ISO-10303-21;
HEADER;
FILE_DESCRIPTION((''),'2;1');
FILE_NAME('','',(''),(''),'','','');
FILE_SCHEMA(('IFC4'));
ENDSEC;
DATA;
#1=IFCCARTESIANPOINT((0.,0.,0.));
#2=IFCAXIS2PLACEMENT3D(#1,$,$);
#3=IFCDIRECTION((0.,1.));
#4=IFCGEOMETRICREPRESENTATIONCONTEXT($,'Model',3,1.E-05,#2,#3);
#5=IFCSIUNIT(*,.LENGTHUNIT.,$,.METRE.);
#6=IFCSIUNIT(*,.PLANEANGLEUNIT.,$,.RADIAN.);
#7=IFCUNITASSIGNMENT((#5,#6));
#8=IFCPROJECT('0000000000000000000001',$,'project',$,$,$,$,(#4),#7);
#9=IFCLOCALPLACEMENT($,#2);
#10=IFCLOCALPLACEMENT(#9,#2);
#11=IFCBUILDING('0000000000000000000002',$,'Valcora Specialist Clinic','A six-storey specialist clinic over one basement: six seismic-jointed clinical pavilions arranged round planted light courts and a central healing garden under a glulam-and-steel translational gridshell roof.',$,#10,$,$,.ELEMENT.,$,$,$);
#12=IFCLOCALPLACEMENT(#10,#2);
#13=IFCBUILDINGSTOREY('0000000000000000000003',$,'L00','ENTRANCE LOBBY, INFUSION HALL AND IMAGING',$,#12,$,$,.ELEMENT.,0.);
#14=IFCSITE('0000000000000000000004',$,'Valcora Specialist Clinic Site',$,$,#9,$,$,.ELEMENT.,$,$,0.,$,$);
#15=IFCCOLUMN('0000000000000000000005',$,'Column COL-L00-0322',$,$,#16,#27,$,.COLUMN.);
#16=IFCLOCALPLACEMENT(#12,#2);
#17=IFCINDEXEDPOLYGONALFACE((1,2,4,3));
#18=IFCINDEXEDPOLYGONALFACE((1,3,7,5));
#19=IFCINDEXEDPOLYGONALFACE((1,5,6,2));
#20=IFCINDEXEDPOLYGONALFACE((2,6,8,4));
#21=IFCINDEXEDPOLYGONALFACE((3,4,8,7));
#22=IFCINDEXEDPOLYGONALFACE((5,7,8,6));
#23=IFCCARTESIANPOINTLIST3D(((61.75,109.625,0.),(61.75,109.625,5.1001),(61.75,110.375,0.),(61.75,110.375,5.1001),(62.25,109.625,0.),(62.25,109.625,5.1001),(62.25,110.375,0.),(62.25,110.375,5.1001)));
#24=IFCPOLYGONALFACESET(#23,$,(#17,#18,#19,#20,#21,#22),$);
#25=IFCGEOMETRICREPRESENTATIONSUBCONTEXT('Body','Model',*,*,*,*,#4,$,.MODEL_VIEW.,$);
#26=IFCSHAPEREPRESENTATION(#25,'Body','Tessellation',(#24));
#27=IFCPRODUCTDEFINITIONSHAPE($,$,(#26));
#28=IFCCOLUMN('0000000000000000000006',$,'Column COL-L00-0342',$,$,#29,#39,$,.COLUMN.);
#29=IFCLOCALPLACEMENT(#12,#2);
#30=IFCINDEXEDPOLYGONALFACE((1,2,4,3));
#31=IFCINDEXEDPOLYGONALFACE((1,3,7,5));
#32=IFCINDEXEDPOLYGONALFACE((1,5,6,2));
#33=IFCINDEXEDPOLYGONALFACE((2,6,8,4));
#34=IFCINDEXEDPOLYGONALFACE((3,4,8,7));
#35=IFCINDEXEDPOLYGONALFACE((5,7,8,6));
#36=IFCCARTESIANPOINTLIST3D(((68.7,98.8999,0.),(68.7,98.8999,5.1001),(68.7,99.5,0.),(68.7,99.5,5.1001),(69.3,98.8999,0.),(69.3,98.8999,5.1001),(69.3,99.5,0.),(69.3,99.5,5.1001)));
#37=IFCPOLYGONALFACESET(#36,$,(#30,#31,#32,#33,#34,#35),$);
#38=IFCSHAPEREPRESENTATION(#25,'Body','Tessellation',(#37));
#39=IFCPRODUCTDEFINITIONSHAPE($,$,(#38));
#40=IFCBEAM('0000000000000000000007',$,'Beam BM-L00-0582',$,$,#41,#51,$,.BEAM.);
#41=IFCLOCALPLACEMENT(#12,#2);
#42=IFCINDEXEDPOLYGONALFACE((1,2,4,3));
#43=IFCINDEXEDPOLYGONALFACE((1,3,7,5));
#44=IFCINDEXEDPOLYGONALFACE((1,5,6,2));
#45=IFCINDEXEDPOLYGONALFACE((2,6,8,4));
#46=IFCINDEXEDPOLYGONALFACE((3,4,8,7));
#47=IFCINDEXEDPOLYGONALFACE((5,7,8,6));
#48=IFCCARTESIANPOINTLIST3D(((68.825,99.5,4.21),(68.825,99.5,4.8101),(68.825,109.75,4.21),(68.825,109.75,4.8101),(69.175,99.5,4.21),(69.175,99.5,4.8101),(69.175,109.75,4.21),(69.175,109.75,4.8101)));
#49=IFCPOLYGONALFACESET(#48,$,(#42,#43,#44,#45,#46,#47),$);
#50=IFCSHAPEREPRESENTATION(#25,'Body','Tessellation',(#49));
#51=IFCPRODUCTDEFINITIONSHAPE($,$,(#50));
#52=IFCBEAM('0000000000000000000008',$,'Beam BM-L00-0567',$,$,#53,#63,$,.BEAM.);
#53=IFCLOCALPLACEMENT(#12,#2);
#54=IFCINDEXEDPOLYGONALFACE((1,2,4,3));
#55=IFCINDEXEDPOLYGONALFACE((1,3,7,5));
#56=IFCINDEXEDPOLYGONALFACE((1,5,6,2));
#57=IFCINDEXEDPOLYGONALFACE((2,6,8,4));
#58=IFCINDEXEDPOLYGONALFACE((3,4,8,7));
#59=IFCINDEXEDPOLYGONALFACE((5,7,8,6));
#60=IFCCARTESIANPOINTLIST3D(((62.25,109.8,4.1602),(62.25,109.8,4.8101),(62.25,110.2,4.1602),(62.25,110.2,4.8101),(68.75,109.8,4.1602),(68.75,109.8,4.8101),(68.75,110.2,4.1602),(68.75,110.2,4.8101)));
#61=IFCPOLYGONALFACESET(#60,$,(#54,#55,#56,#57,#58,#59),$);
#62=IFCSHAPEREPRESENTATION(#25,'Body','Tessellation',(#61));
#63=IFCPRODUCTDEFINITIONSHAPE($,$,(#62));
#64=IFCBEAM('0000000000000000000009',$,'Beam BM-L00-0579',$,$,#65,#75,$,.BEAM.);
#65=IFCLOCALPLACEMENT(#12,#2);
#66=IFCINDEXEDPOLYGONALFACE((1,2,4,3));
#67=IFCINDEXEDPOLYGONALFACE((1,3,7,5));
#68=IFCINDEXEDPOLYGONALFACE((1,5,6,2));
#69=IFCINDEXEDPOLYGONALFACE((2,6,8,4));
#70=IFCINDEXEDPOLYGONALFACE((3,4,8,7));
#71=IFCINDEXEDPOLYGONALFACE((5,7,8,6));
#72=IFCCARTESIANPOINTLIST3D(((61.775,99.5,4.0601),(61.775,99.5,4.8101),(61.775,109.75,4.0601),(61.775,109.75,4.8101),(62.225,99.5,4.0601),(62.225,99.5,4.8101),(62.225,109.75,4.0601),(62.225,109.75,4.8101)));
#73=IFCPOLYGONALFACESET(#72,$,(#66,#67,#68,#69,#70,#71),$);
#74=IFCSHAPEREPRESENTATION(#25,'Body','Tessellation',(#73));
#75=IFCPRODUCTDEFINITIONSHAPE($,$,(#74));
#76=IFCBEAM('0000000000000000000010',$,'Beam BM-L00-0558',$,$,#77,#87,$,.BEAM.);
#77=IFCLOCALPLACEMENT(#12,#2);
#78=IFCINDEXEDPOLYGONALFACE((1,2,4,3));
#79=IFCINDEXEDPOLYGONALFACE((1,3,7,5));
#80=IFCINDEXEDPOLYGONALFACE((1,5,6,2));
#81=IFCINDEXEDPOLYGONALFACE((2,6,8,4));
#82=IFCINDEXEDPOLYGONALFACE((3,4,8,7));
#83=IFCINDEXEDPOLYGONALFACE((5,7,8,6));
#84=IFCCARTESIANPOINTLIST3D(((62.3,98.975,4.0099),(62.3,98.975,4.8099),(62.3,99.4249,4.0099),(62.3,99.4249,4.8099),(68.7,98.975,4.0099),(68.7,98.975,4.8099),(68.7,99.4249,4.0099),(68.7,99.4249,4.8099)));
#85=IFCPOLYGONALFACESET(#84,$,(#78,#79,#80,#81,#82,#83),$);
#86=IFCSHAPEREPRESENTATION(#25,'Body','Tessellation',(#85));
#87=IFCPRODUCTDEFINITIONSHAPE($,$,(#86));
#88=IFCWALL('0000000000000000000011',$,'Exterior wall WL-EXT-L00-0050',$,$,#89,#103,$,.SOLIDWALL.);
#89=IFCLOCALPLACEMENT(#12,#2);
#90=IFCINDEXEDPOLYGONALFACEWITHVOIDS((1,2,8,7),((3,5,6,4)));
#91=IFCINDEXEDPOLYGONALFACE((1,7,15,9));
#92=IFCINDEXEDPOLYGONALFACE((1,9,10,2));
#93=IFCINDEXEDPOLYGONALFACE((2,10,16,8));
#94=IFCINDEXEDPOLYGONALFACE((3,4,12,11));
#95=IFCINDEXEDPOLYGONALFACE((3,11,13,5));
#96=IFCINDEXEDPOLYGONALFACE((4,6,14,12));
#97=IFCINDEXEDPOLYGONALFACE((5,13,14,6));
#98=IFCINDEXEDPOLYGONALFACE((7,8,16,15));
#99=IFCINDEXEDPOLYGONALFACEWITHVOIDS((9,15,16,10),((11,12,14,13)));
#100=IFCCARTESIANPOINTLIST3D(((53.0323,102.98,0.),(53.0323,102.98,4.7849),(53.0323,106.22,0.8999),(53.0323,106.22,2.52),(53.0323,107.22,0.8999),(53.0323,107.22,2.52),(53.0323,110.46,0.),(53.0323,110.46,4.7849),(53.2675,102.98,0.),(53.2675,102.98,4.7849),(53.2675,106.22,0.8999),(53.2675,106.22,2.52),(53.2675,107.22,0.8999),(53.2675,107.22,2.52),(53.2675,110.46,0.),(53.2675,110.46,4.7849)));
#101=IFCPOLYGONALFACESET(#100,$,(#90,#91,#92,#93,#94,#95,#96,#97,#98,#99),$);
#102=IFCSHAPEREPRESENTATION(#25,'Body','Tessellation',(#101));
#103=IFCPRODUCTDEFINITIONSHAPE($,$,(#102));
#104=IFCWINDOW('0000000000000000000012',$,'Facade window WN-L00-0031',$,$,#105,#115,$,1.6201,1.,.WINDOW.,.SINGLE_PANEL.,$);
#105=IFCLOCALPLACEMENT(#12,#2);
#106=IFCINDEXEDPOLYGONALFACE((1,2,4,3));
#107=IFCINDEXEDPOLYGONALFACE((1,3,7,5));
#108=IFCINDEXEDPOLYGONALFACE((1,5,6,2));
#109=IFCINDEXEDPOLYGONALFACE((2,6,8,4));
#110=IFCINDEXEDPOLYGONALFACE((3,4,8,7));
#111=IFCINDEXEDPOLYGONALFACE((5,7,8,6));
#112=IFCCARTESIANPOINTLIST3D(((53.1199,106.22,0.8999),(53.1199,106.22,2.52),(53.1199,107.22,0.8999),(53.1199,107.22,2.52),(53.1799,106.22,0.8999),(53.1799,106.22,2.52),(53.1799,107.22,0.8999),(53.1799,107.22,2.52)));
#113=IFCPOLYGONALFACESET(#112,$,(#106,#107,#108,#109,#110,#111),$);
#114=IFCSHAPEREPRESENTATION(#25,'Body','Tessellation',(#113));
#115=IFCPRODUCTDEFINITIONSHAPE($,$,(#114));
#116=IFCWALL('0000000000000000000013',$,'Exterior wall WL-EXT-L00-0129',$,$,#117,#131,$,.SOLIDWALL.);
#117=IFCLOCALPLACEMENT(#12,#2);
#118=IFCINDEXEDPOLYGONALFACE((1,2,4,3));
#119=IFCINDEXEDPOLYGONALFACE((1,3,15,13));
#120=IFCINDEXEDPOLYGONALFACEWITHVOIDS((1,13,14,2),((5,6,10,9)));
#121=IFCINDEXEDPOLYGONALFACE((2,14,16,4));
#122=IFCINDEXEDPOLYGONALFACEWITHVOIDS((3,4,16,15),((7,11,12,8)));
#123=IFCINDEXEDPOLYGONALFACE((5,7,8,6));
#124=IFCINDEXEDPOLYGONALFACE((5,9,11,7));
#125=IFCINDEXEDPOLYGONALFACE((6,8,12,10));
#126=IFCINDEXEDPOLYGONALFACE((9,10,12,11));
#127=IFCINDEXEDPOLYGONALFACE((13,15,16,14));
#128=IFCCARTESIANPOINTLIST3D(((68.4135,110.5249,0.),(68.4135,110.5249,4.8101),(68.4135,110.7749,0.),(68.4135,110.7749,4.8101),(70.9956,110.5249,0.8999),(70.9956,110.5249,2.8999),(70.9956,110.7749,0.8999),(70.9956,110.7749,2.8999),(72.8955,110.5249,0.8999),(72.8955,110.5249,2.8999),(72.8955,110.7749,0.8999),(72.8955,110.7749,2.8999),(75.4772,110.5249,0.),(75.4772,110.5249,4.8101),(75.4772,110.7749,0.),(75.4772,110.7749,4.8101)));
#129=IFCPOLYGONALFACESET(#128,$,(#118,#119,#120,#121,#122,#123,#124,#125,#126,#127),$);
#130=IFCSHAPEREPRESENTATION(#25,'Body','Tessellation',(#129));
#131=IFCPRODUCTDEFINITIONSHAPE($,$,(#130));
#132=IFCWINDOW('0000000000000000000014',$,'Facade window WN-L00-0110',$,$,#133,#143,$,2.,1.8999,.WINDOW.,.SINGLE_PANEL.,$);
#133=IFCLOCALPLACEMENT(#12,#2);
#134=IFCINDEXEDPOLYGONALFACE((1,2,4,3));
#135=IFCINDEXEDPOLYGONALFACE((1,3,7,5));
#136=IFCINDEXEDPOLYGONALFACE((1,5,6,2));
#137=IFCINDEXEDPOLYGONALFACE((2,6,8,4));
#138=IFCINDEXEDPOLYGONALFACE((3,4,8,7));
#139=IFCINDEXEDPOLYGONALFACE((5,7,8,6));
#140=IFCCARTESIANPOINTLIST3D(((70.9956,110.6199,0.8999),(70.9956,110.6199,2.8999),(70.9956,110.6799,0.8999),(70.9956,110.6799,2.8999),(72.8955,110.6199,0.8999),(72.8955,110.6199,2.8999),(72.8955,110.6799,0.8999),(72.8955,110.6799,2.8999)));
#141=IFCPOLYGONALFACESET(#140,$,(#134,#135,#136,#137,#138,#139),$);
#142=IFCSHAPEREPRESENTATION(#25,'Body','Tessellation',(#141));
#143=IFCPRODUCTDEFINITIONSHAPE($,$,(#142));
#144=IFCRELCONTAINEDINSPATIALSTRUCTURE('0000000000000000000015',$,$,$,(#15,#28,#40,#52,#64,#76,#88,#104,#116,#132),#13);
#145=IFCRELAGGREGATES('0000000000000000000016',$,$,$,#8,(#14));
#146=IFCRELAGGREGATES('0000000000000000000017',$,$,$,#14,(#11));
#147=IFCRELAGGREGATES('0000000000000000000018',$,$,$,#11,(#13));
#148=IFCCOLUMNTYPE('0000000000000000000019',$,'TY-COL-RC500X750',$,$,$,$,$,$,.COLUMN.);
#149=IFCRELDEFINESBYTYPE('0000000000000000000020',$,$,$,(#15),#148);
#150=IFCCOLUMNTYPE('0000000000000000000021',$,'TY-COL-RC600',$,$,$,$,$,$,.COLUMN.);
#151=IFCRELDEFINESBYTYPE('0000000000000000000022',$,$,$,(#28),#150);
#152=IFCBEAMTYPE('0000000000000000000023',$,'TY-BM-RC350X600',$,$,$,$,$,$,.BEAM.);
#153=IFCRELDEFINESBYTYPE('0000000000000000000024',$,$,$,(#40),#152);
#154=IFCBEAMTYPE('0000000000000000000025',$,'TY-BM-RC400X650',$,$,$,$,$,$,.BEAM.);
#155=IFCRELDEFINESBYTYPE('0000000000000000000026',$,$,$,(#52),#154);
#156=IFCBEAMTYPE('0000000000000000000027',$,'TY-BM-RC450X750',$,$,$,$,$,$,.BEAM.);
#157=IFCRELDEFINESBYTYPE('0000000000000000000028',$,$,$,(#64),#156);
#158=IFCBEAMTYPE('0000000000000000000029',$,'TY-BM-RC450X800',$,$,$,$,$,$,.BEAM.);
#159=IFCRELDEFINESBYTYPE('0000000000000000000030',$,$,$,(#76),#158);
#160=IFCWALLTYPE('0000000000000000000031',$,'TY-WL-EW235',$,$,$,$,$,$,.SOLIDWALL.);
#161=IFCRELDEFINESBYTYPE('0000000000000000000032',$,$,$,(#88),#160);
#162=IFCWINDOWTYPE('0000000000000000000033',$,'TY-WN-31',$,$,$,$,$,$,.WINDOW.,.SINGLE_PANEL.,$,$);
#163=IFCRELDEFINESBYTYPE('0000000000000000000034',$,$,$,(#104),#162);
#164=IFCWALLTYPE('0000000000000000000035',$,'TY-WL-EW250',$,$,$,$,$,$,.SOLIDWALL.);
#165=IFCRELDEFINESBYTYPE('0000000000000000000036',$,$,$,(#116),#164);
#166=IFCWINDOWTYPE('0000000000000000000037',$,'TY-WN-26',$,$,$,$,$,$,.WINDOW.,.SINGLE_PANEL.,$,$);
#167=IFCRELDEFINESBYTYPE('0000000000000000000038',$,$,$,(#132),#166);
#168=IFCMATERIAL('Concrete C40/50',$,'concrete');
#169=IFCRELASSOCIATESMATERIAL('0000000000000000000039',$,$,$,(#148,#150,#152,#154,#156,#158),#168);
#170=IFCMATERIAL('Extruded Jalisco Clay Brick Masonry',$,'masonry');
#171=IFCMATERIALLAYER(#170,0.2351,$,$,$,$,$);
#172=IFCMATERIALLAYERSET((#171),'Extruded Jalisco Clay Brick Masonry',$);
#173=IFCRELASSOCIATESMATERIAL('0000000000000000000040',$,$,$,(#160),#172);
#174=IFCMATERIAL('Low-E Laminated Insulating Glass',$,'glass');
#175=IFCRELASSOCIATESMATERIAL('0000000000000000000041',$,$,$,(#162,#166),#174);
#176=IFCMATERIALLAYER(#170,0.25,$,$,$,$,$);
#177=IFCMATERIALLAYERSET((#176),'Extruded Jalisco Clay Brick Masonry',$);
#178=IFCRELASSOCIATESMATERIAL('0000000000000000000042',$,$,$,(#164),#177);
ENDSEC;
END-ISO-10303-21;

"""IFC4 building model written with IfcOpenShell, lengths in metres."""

from ifc_helpers import new_model, si_unit, direction, frame, frame_2d, origin, origin_2d, place, context, subcontext, project, spatial, rectangle, extrude, material, layer, layer_set, material_profile, profile_set, type_object, element, fill, save


model = new_model("IFC4")

# Units and contexts
model_context = context("Model", 3, precision=1e-05, world=origin(), true_north=direction((0.0, 1.0)))
body_context = subcontext(model_context, "Body", "Model", "MODEL_VIEW")
ifc_project = project(units=[si_unit("LENGTHUNIT", "METRE"), si_unit("PLANEANGLEUNIT", "RADIAN")], contexts=[model_context])

# Site, building, storey
site_placement = place(None, origin())
site = spatial("IfcSite", under=ifc_project, at=site_placement, Name="Valcora Specialist Clinic Site", CompositionType="ELEMENT", RefElevation=0.0)
building_placement = place(site_placement, origin())
building = spatial("IfcBuilding", under=site, at=building_placement, Name="Valcora Specialist Clinic", Description="A six-storey specialist clinic over one basement: six seismic-jointed clinical pavilions arranged round planted light courts and a central healing garden under a glulam-and-steel translational gridshell roof.", CompositionType="ELEMENT")
storey_placement = place(building_placement, origin())
storey = spatial("IfcBuildingStorey", under=building, at=storey_placement, Name="L00", Description="ENTRANCE LOBBY, INFUSION HALL AND IMAGING", CompositionType="ELEMENT", Elevation=0.0)

# Columns
ifc_material_1 = material(Name="Concrete C40/50", Category="concrete")
ifc_material_profile_1 = material_profile(ifc_material_1, rectangle(XDim=0.5, YDim=0.75, at=origin_2d()), Name="RC-COL-500X750")
ifc_profile_set_1 = profile_set([ifc_material_profile_1], Name="Concrete C40/50")
column_type_1 = type_object("IfcColumnType", Name="TY-COL-RC500X750", PredefinedType="COLUMN", material=ifc_profile_set_1)
column_1_placement = place(storey_placement, frame((62.0, 110.0, 0.0), z_axis=(0.0, 0.0, 1.0), x_axis=(1.0, 0.0, 0.0)))
element("IfcColumn", 1, at=column_1_placement, inside=storey, type_object=column_type_1, Name="Column COL-L00-0322", PredefinedType="COLUMN", context=body_context, shape_type="SweptSolid", body=[
    extrude(rectangle(XDim=0.5, YDim=0.75, at=origin_2d()), origin(), (0.0, 0.0, 1.0), 5.1001),
])
ifc_material_profile_2 = material_profile(ifc_material_1, rectangle(XDim=0.6001, YDim=0.6001, at=origin_2d()), Name="RC-COL-600X600")
ifc_profile_set_2 = profile_set([ifc_material_profile_2], Name="Concrete C40/50")
column_type_2 = type_object("IfcColumnType", Name="TY-COL-RC600", PredefinedType="COLUMN", material=ifc_profile_set_2)
column_2_placement = place(storey_placement, frame((69.0, 99.2, 0.0), z_axis=(0.0, 0.0, 1.0), x_axis=(1.0, 0.0, 0.0)))
element("IfcColumn", 2, at=column_2_placement, inside=storey, type_object=column_type_2, Name="Column COL-L00-0342", PredefinedType="COLUMN", context=body_context, shape_type="SweptSolid", body=[
    extrude(rectangle(XDim=0.6001, YDim=0.6001, at=origin_2d()), origin(), (0.0, 0.0, 1.0), 5.1001),
])

# Beams
ifc_material_profile_3 = material_profile(ifc_material_1, rectangle(XDim=0.3501, YDim=0.6001, at=origin_2d()), Name="RC-BM-350X600")
ifc_profile_set_3 = profile_set([ifc_material_profile_3], Name="Concrete C40/50")
beam_type_1 = type_object("IfcBeamType", Name="TY-BM-RC350X600", PredefinedType="BEAM", material=ifc_profile_set_3)
beam_1_placement = place(storey_placement, frame((69.0, 99.5, 4.51), z_axis=(0.0, 1.0, 0.0), x_axis=(-1.0, 0.0, 0.0)))
element("IfcBeam", 3, at=beam_1_placement, inside=storey, type_object=beam_type_1, Name="Beam BM-L00-0582", PredefinedType="BEAM", context=body_context, shape_type="SweptSolid", body=[
    extrude(rectangle(XDim=0.3501, YDim=0.6001, at=origin_2d()), origin(), (0.0, 0.0, 1.0), 10.25),
])
ifc_material_profile_4 = material_profile(ifc_material_1, rectangle(XDim=0.3999, YDim=0.6499, at=origin_2d()), Name="RC-BM-400X650")
ifc_profile_set_4 = profile_set([ifc_material_profile_4], Name="Concrete C40/50")
beam_type_2 = type_object("IfcBeamType", Name="TY-BM-RC400X650", PredefinedType="BEAM", material=ifc_profile_set_4)
beam_2_placement = place(storey_placement, frame((62.25, 110.0, 4.4851), z_axis=(1.0, 0.0, 0.0), x_axis=(0.0, 1.0, 0.0)))
element("IfcBeam", 4, at=beam_2_placement, inside=storey, type_object=beam_type_2, Name="Beam BM-L00-0567", PredefinedType="BEAM", context=body_context, shape_type="SweptSolid", body=[
    extrude(rectangle(XDim=0.3999, YDim=0.6499, at=origin_2d()), origin(), (0.0, 0.0, 1.0), 6.5),
])
ifc_material_profile_5 = material_profile(ifc_material_1, rectangle(XDim=0.45, YDim=0.75, at=origin_2d()), Name="RC-BM-450X750")
ifc_profile_set_5 = profile_set([ifc_material_profile_5], Name="Concrete C40/50")
beam_type_3 = type_object("IfcBeamType", Name="TY-BM-RC450X750", PredefinedType="BEAM", material=ifc_profile_set_5)
beam_3_placement = place(storey_placement, frame((62.0, 99.5, 4.4351), z_axis=(0.0, 1.0, 0.0), x_axis=(-1.0, 0.0, 0.0)))
element("IfcBeam", 5, at=beam_3_placement, inside=storey, type_object=beam_type_3, Name="Beam BM-L00-0579", PredefinedType="BEAM", context=body_context, shape_type="SweptSolid", body=[
    extrude(rectangle(XDim=0.45, YDim=0.75, at=origin_2d()), origin(), (0.0, 0.0, 1.0), 10.25),
])
ifc_material_profile_6 = material_profile(ifc_material_1, rectangle(XDim=0.45, YDim=0.8, at=origin_2d()), Name="RC-BM-450X800")
ifc_profile_set_6 = profile_set([ifc_material_profile_6], Name="Concrete C40/50")
beam_type_4 = type_object("IfcBeamType", Name="TY-BM-RC450X800", PredefinedType="BEAM", material=ifc_profile_set_6)
beam_4_placement = place(storey_placement, frame((62.3, 99.2, 4.4099), z_axis=(1.0, 0.0, 0.0), x_axis=(0.0, 1.0, 0.0)))
element("IfcBeam", 6, at=beam_4_placement, inside=storey, type_object=beam_type_4, Name="Beam BM-L00-0558", PredefinedType="BEAM", context=body_context, shape_type="SweptSolid", body=[
    extrude(rectangle(XDim=0.45, YDim=0.8, at=origin_2d()), origin(), (0.0, 0.0, 1.0), 6.3999),
])

# Walls, openings, windows
ifc_material_2 = material(Name="Extruded Jalisco Clay Brick Masonry", Category="masonry")
ifc_layer_1 = layer(ifc_material_2, 0.2351)
ifc_layer_set_1 = layer_set([ifc_layer_1], Name="Extruded Jalisco Clay Brick Masonry")
wall_type_1 = type_object("IfcWallType", Name="TY-WL-EW235", PredefinedType="SOLIDWALL", material=ifc_layer_set_1)
wall_1_placement = place(storey_placement, frame((53.1499, 110.46, 0.0), z_axis=(0.0, 0.0, 1.0), x_axis=(0.0, -1.0, 0.0)))
wall_1 = element("IfcWall", 7, at=wall_1_placement, inside=storey, type_object=wall_type_1, Name="Exterior wall WL-EXT-L00-0050", PredefinedType="SOLIDWALL", context=body_context, shape_type="SweptSolid", body=[
    extrude(rectangle(XDim=7.48, YDim=0.2351, at=frame_2d((3.74, 0.0))), origin(), (0.0, 0.0, 1.0), 4.7849),
])
opening_1_placement = place(wall_1_placement, frame((3.24, 0.0, 0.8999)))
opening_1 = element("IfcOpeningElement", 8, at=opening_1_placement, cuts=wall_1, PredefinedType="OPENING", context=body_context, shape_type="SweptSolid", body=[
    extrude(rectangle(XDim=1.0, YDim=1.6201, at=frame_2d((0.5, 0.8101))), frame((0.0, 0.1274, 0.0), z_axis=(0.0, -1.0, 0.0), x_axis=(1.0, 0.0, 0.0)), (0.0, 0.0, 1.0), 0.2551),
])
ifc_material_3 = material(Name="Low-E Laminated Insulating Glass", Category="glass")
window_type_1 = type_object("IfcWindowType", Name="TY-WN-31", PartitioningType="SINGLE_PANEL", PredefinedType="WINDOW", material=ifc_material_3)
window_1_placement = place(opening_1_placement, origin())
window_1 = element("IfcWindow", 9, at=window_1_placement, inside=storey, type_object=window_type_1, Name="Facade window WN-L00-0031", OverallHeight=1.6201, OverallWidth=1.0, PartitioningType="SINGLE_PANEL", PredefinedType="WINDOW", context=body_context, shape_type="SweptSolid", body=[
    extrude(rectangle(XDim=1.0, YDim=1.6201, at=frame_2d((0.5, 0.8101))), frame((0.0, 0.03, 0.0), z_axis=(0.0, -1.0, 0.0), x_axis=(1.0, 0.0, 0.0)), (0.0, 0.0, 1.0), 0.0601),
])
fill(opening_1, window_1)
ifc_layer_2 = layer(ifc_material_2, 0.25)
ifc_layer_set_2 = layer_set([ifc_layer_2], Name="Extruded Jalisco Clay Brick Masonry")
wall_type_2 = type_object("IfcWallType", Name="TY-WL-EW250", PredefinedType="SOLIDWALL", material=ifc_layer_set_2)
wall_2_placement = place(storey_placement, frame((68.4136, 110.6499, 0.0), z_axis=(0.0, 0.0, 1.0), x_axis=(1.0, 0.0, 0.0)))
wall_2 = element("IfcWall", 10, at=wall_2_placement, inside=storey, type_object=wall_type_2, Name="Exterior wall WL-EXT-L00-0129", PredefinedType="SOLIDWALL", context=body_context, shape_type="SweptSolid", body=[
    extrude(rectangle(XDim=7.0637, YDim=0.25, at=frame_2d((3.5317, 0.0))), origin(), (0.0, 0.0, 1.0), 4.8101),
])
opening_2_placement = place(wall_2_placement, frame((2.582, 0.0, 0.8999)))
opening_2 = element("IfcOpeningElement", 11, at=opening_2_placement, cuts=wall_2, PredefinedType="OPENING", context=body_context, shape_type="SweptSolid", body=[
    extrude(rectangle(XDim=1.8999, YDim=2.0, at=frame_2d((0.95, 1.0))), frame((0.0, 0.135, 0.0), z_axis=(0.0, -1.0, 0.0), x_axis=(1.0, 0.0, 0.0)), (0.0, 0.0, 1.0), 0.27),
])
window_type_2 = type_object("IfcWindowType", Name="TY-WN-26", PartitioningType="SINGLE_PANEL", PredefinedType="WINDOW", material=ifc_material_3)
window_2_placement = place(opening_2_placement, origin())
window_2 = element("IfcWindow", 12, at=window_2_placement, inside=storey, type_object=window_type_2, Name="Facade window WN-L00-0110", OverallHeight=2.0, OverallWidth=1.8999, PartitioningType="SINGLE_PANEL", PredefinedType="WINDOW", context=body_context, shape_type="SweptSolid", body=[
    extrude(rectangle(XDim=1.8999, YDim=2.0, at=frame_2d((0.95, 1.0))), frame((0.0, 0.03, 0.0), z_axis=(0.0, -1.0, 0.0), x_axis=(1.0, 0.0, 0.0)), (0.0, 0.0, 1.0), 0.0601),
])
fill(opening_2, window_2)

save(model, "model.ifc")
